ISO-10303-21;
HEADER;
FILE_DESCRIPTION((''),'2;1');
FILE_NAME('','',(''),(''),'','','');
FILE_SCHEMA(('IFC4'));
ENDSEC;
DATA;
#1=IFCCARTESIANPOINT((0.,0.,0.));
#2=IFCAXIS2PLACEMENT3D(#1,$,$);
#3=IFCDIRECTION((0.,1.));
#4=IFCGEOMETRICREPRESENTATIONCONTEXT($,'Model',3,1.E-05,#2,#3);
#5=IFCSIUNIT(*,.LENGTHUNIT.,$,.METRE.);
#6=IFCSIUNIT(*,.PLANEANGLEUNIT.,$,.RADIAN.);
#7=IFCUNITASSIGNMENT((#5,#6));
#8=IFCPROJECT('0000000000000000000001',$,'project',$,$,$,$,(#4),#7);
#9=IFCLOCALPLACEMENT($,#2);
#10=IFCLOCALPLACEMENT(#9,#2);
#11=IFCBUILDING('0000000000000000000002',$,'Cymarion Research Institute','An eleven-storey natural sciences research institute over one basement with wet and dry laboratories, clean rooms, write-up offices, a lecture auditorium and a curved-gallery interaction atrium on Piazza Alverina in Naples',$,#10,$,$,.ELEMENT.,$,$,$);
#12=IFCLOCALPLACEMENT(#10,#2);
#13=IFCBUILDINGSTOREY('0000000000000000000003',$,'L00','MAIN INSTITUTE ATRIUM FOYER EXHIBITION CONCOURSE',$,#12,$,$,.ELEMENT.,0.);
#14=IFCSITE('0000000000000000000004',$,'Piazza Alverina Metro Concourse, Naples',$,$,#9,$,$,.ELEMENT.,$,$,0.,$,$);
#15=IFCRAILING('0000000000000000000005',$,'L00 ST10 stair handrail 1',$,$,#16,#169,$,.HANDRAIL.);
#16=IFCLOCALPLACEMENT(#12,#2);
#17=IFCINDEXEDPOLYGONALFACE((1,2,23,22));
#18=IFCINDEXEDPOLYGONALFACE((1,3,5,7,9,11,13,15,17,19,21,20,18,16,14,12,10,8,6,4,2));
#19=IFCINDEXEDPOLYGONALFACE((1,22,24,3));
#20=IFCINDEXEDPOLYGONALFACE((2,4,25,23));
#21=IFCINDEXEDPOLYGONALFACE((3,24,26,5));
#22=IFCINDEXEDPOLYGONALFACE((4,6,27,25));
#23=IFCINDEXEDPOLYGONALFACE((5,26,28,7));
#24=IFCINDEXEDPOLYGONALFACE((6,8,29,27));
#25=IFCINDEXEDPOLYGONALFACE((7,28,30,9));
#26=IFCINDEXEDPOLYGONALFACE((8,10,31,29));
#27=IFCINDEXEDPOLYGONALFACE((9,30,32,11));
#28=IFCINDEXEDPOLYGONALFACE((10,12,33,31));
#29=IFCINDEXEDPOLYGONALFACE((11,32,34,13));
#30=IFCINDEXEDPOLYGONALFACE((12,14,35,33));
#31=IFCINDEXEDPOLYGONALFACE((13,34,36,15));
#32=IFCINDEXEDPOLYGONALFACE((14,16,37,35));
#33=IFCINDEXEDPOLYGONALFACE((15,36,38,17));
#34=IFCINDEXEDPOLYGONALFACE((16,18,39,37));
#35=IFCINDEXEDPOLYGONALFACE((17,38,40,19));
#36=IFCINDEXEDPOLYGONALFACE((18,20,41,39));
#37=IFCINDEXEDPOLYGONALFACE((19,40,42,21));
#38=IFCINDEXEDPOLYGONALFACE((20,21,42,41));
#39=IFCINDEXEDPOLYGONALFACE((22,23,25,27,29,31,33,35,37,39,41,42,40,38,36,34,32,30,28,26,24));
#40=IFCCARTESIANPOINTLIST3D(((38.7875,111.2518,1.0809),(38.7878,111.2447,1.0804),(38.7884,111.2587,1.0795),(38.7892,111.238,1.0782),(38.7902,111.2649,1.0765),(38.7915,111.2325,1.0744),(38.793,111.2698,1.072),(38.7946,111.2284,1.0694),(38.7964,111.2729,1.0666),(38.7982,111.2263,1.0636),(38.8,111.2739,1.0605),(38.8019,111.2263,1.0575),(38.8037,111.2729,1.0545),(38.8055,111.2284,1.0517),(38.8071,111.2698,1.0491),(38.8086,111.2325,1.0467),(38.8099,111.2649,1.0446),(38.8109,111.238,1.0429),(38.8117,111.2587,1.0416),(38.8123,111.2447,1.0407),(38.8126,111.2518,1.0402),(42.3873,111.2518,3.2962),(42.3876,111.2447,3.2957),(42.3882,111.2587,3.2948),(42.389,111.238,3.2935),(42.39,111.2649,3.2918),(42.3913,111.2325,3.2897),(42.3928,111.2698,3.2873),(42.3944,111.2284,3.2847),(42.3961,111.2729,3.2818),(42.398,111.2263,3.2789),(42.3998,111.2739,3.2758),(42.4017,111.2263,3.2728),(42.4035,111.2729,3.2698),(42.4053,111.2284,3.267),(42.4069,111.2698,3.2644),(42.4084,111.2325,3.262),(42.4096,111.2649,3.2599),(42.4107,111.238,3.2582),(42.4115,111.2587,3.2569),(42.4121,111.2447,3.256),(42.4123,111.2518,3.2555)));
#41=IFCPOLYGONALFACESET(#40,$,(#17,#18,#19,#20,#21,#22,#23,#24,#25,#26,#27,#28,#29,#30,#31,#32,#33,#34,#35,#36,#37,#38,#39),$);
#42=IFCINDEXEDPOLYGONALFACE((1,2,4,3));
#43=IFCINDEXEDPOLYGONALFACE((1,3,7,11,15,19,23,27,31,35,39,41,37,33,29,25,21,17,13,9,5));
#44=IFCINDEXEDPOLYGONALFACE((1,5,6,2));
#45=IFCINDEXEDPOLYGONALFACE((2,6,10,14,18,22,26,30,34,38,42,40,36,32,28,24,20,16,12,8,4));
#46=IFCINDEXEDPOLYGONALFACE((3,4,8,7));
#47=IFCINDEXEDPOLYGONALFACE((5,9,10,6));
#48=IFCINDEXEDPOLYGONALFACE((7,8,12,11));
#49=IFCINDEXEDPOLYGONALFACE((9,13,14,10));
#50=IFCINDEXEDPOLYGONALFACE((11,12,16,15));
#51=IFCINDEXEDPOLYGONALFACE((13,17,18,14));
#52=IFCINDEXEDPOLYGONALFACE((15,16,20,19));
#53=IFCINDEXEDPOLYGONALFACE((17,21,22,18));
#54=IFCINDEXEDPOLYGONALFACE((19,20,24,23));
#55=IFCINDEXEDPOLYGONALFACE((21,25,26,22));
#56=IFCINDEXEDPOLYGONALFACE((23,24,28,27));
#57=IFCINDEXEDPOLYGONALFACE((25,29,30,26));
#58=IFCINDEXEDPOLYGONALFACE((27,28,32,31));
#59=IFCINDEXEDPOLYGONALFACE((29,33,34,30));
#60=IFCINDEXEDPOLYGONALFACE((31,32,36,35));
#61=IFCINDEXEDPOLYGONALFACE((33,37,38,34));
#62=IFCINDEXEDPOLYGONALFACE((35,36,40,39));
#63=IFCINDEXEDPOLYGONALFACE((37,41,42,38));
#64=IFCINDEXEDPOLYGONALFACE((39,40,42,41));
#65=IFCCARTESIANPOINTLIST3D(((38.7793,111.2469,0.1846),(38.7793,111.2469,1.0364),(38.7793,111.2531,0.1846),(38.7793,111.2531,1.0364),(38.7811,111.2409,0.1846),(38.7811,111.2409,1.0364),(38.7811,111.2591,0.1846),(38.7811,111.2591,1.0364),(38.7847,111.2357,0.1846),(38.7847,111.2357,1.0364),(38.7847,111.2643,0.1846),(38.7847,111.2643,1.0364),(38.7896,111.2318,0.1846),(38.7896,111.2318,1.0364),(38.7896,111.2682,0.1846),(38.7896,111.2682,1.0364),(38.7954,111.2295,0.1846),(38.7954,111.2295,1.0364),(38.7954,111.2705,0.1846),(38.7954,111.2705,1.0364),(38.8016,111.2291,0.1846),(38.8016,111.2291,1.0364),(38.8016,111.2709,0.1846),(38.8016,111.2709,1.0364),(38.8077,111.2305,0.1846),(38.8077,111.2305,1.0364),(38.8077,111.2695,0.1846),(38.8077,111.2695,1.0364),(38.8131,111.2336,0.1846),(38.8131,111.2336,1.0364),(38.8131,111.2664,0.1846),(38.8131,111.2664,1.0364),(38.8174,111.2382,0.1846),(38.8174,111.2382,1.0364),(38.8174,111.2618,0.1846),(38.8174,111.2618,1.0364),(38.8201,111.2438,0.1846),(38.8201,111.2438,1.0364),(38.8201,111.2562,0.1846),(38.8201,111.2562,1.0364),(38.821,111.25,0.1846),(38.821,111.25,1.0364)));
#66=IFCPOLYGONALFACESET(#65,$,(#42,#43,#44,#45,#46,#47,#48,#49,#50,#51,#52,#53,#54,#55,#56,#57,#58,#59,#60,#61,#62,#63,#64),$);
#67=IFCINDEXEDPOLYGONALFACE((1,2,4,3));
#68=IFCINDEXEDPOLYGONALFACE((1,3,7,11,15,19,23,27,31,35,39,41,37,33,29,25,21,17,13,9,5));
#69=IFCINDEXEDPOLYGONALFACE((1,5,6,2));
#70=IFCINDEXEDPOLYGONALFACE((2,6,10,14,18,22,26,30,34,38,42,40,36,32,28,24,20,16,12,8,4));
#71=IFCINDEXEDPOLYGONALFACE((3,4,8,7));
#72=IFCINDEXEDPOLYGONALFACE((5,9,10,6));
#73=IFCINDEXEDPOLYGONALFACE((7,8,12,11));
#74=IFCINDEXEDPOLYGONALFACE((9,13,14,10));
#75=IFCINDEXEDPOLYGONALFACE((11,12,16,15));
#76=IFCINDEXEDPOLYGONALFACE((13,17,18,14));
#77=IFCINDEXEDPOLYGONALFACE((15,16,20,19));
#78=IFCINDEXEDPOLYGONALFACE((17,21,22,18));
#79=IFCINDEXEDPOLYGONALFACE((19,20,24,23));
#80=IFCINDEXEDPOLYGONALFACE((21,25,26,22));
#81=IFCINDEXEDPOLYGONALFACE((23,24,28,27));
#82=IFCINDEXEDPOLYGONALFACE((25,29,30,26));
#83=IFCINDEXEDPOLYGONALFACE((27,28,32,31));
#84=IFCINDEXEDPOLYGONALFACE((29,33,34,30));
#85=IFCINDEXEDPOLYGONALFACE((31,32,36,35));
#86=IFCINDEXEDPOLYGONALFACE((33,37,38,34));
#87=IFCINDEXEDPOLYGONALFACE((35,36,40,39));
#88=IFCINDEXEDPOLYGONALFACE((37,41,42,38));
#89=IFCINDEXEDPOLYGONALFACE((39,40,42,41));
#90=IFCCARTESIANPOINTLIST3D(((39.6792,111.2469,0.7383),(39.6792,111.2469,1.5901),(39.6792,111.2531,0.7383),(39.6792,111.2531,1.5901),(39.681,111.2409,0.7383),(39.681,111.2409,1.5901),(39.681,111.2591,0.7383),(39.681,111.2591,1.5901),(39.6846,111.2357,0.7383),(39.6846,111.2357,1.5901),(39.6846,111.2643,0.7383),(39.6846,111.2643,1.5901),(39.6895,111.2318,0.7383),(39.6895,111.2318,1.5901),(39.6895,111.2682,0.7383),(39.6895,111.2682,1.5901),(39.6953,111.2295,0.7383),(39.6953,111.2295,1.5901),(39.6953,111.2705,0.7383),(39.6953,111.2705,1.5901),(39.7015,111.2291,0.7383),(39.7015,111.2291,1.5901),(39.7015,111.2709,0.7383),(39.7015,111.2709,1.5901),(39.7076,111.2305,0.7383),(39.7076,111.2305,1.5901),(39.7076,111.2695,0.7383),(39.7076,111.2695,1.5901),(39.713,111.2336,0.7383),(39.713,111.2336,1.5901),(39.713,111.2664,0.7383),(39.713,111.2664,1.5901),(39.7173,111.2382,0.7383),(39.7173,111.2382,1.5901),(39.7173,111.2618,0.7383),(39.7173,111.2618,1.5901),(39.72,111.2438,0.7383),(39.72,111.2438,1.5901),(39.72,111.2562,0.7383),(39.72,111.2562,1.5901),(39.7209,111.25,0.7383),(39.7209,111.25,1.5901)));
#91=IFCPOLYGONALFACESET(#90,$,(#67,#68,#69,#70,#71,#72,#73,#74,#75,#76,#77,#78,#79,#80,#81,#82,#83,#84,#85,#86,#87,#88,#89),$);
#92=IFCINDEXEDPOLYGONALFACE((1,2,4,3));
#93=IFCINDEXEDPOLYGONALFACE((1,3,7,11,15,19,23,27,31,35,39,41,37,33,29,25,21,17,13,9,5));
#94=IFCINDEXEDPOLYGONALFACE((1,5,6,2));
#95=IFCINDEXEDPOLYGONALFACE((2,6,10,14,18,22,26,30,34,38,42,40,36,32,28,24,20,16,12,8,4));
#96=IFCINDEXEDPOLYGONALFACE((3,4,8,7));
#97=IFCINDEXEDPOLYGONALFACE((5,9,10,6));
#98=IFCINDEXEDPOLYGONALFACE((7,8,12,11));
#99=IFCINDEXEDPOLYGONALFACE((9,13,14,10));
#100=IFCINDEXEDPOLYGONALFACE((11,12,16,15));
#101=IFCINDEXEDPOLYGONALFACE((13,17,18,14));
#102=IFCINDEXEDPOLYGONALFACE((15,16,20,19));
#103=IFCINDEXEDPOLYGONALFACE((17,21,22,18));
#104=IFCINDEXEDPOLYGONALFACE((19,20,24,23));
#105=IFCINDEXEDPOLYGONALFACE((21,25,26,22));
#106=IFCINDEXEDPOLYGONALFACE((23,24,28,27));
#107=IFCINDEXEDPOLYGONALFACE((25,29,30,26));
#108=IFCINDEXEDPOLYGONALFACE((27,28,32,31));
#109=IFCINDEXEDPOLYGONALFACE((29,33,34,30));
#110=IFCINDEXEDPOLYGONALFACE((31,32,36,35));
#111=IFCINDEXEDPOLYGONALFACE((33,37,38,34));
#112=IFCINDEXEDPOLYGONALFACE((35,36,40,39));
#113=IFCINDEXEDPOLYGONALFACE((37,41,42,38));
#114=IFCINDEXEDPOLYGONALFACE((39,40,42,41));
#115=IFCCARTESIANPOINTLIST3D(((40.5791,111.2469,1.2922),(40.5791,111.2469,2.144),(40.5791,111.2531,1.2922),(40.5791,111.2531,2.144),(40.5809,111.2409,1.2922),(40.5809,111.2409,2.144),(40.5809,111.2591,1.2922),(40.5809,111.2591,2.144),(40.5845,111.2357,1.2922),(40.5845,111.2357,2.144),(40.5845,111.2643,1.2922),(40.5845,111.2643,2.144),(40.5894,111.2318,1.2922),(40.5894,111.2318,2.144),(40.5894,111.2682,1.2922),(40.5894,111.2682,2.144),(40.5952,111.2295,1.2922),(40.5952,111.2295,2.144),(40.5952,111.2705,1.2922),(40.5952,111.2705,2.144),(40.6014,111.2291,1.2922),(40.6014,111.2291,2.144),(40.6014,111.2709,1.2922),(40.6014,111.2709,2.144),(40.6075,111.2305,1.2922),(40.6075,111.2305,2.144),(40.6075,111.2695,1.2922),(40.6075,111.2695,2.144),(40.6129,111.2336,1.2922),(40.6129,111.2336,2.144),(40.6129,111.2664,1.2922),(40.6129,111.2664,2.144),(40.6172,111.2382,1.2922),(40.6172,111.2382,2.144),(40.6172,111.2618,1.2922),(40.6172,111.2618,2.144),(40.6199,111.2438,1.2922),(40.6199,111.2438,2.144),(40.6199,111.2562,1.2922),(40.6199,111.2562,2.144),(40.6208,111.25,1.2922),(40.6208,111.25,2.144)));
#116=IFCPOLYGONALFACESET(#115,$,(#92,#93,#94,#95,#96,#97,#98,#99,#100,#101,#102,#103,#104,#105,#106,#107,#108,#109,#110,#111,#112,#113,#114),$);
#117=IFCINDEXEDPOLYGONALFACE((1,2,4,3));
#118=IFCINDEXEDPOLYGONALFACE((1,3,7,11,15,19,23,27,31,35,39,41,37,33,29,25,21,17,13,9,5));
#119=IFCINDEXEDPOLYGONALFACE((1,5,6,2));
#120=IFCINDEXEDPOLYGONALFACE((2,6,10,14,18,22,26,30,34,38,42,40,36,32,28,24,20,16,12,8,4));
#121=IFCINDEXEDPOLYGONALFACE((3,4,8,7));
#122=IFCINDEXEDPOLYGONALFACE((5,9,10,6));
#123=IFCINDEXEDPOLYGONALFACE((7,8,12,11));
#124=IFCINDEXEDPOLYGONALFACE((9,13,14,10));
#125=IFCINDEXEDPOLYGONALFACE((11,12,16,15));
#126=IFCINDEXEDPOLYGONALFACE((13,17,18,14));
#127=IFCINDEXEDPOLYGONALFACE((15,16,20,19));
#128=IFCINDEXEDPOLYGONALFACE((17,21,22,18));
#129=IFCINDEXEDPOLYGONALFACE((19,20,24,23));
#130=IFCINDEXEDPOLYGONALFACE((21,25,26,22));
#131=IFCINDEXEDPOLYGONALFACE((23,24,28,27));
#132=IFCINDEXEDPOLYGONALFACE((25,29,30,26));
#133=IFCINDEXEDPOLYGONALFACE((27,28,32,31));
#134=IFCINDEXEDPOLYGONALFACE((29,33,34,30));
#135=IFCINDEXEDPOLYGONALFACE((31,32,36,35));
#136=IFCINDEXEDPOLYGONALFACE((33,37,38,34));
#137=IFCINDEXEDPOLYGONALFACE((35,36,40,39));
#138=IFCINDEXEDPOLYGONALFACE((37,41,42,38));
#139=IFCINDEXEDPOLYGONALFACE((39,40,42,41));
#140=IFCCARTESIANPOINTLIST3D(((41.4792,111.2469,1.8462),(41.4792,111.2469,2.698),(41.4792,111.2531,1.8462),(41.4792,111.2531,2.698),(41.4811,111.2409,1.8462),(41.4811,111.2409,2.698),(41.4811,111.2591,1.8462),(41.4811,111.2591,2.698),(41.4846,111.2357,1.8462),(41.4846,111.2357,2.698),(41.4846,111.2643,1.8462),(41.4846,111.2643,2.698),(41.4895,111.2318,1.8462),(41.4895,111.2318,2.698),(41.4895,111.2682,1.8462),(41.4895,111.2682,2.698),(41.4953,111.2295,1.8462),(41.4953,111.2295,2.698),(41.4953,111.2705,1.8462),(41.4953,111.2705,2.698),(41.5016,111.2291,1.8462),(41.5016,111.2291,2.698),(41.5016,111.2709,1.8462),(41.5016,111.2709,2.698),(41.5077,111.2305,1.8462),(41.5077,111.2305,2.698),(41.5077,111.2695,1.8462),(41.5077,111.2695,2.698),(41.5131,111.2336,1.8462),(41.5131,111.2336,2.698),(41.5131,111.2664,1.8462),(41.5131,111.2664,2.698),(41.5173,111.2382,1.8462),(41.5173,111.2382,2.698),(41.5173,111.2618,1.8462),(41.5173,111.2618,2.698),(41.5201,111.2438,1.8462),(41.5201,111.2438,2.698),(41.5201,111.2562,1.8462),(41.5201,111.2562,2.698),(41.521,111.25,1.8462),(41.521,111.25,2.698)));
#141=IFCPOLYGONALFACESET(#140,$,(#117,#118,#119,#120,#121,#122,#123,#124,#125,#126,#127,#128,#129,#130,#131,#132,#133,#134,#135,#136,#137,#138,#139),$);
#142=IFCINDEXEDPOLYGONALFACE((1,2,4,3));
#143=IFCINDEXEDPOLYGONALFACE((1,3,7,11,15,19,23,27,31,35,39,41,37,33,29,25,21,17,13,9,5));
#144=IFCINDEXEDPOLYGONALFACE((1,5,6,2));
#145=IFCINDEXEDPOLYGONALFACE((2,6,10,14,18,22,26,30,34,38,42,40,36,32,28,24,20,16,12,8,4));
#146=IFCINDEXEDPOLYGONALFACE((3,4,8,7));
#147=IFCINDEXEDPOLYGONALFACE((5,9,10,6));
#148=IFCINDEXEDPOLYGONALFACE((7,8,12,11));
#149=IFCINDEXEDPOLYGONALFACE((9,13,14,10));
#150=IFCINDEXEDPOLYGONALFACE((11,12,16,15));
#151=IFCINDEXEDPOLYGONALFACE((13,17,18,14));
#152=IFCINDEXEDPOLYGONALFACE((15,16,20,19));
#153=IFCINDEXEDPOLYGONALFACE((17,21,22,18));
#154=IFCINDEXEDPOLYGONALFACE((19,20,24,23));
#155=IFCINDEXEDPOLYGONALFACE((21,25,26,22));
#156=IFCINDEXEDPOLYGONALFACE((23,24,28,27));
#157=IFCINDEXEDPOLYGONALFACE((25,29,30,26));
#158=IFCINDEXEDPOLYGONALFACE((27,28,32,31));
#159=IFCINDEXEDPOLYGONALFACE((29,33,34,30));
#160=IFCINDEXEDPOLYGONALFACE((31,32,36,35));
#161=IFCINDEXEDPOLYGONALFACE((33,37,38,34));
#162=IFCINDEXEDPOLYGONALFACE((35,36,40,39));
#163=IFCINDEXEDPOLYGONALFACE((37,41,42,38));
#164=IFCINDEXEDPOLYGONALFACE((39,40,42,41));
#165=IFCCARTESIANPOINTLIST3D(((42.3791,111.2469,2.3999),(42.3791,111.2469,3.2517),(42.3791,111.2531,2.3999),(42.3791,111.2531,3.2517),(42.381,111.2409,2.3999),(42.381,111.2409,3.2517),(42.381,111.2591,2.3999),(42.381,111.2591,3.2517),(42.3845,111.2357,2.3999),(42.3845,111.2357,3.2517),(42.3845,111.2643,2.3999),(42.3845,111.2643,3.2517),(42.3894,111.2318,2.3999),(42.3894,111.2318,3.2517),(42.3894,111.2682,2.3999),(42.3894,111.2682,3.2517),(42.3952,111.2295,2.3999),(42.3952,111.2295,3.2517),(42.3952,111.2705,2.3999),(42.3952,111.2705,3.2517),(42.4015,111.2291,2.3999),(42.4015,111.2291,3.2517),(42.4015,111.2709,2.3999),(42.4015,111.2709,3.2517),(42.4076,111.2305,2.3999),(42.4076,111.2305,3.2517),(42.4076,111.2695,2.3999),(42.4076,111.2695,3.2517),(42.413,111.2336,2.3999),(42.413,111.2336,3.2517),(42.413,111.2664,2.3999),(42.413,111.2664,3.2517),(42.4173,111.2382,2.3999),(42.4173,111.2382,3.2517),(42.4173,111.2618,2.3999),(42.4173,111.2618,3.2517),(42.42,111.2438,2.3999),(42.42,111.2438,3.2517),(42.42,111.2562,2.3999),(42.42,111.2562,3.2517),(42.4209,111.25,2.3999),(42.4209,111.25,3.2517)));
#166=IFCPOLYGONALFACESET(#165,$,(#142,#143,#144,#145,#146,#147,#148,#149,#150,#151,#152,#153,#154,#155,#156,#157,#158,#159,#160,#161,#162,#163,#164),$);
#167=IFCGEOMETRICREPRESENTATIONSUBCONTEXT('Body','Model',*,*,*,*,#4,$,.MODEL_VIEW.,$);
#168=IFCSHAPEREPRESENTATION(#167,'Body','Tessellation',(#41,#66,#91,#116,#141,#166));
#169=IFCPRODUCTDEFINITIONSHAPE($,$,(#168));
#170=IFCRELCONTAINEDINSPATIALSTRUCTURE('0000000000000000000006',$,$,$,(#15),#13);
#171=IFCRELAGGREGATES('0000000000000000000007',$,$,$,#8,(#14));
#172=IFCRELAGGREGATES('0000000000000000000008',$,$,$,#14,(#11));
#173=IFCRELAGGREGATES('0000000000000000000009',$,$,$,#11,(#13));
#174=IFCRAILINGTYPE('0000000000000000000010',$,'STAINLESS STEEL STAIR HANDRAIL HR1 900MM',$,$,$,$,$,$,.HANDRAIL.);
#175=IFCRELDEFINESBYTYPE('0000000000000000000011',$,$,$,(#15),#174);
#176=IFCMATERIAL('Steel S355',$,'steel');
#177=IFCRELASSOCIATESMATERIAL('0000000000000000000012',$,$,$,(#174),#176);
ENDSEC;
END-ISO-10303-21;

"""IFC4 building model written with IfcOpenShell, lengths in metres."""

from ifc_helpers import new_model, si_unit, direction, frame, origin, origin_2d, place, context, subcontext, project, spatial, circle, extrude, material, type_object, element, save


model = new_model("IFC4")

# Units and contexts
model_context = context("Model", 3, precision=1e-05, world=origin(), true_north=direction((0.0, 1.0)))
body_context = subcontext(model_context, "Body", "Model", "MODEL_VIEW")
ifc_project = project(units=[si_unit("LENGTHUNIT", "METRE"), si_unit("PLANEANGLEUNIT", "RADIAN")], contexts=[model_context])

# Site, building, storey
site_placement = place(None, origin())
site = spatial("IfcSite", under=ifc_project, at=site_placement, Name="Piazza Alverina Metro Concourse, Naples", CompositionType="ELEMENT", RefElevation=0.0)
building_placement = place(site_placement, origin())
building = spatial("IfcBuilding", under=site, at=building_placement, Name="Cymarion Research Institute", Description="An eleven-storey natural sciences research institute over one basement with wet and dry laboratories, clean rooms, write-up offices, a lecture auditorium and a curved-gallery interaction atrium on Piazza Alverina in Naples", CompositionType="ELEMENT")
storey_placement = place(building_placement, origin())
storey = spatial("IfcBuildingStorey", under=building, at=storey_placement, Name="L00", Description="MAIN INSTITUTE ATRIUM FOYER EXHIBITION CONCOURSE", CompositionType="ELEMENT", Elevation=0.0)

# Shared definitions
ifc_material_1 = material(Name="Steel S355", Category="steel")

# Railing
railing_type_1 = type_object("IfcRailingType", Name="STAINLESS STEEL STAIR HANDRAIL HR1 900MM", PredefinedType="HANDRAIL", material=ifc_material_1)
railing_1_placement = place(storey_placement, frame((38.8, 111.25, 0.1846)))
element("IfcRailing", 1, at=railing_1_placement, inside=storey, type_object=railing_type_1, Name="L00 ST10 stair handrail 1", PredefinedType="HANDRAIL", context=body_context, shape_type="SweptSolid", body=[
    extrude(circle(Radius=0.0239, at=origin_2d()), frame((0.0, 0.0, 0.876), z_axis=(0.851654, 0.0, 0.524104), x_axis=(0.0, 1.0, 0.0)), (0.0, 0.0, 1.0), 4.2268),
    extrude(circle(Radius=0.021, at=origin_2d()), origin(), (0.0, 0.0, 1.0), 0.8518),
    extrude(circle(Radius=0.021, at=origin_2d()), frame((0.8999, 0.0, 0.5537)), (0.0, 0.0, 1.0), 0.8518),
    extrude(circle(Radius=0.021, at=origin_2d()), frame((1.7998, 0.0, 1.1077)), (0.0, 0.0, 1.0), 0.8518),
    extrude(circle(Radius=0.021, at=origin_2d()), frame((2.7, 0.0, 1.6616)), (0.0, 0.0, 1.0), 0.8518),
    extrude(circle(Radius=0.021, at=origin_2d()), frame((3.5999, 0.0, 2.2153)), (0.0, 0.0, 1.0), 0.8518),
])

save(model, "model.ifc")
